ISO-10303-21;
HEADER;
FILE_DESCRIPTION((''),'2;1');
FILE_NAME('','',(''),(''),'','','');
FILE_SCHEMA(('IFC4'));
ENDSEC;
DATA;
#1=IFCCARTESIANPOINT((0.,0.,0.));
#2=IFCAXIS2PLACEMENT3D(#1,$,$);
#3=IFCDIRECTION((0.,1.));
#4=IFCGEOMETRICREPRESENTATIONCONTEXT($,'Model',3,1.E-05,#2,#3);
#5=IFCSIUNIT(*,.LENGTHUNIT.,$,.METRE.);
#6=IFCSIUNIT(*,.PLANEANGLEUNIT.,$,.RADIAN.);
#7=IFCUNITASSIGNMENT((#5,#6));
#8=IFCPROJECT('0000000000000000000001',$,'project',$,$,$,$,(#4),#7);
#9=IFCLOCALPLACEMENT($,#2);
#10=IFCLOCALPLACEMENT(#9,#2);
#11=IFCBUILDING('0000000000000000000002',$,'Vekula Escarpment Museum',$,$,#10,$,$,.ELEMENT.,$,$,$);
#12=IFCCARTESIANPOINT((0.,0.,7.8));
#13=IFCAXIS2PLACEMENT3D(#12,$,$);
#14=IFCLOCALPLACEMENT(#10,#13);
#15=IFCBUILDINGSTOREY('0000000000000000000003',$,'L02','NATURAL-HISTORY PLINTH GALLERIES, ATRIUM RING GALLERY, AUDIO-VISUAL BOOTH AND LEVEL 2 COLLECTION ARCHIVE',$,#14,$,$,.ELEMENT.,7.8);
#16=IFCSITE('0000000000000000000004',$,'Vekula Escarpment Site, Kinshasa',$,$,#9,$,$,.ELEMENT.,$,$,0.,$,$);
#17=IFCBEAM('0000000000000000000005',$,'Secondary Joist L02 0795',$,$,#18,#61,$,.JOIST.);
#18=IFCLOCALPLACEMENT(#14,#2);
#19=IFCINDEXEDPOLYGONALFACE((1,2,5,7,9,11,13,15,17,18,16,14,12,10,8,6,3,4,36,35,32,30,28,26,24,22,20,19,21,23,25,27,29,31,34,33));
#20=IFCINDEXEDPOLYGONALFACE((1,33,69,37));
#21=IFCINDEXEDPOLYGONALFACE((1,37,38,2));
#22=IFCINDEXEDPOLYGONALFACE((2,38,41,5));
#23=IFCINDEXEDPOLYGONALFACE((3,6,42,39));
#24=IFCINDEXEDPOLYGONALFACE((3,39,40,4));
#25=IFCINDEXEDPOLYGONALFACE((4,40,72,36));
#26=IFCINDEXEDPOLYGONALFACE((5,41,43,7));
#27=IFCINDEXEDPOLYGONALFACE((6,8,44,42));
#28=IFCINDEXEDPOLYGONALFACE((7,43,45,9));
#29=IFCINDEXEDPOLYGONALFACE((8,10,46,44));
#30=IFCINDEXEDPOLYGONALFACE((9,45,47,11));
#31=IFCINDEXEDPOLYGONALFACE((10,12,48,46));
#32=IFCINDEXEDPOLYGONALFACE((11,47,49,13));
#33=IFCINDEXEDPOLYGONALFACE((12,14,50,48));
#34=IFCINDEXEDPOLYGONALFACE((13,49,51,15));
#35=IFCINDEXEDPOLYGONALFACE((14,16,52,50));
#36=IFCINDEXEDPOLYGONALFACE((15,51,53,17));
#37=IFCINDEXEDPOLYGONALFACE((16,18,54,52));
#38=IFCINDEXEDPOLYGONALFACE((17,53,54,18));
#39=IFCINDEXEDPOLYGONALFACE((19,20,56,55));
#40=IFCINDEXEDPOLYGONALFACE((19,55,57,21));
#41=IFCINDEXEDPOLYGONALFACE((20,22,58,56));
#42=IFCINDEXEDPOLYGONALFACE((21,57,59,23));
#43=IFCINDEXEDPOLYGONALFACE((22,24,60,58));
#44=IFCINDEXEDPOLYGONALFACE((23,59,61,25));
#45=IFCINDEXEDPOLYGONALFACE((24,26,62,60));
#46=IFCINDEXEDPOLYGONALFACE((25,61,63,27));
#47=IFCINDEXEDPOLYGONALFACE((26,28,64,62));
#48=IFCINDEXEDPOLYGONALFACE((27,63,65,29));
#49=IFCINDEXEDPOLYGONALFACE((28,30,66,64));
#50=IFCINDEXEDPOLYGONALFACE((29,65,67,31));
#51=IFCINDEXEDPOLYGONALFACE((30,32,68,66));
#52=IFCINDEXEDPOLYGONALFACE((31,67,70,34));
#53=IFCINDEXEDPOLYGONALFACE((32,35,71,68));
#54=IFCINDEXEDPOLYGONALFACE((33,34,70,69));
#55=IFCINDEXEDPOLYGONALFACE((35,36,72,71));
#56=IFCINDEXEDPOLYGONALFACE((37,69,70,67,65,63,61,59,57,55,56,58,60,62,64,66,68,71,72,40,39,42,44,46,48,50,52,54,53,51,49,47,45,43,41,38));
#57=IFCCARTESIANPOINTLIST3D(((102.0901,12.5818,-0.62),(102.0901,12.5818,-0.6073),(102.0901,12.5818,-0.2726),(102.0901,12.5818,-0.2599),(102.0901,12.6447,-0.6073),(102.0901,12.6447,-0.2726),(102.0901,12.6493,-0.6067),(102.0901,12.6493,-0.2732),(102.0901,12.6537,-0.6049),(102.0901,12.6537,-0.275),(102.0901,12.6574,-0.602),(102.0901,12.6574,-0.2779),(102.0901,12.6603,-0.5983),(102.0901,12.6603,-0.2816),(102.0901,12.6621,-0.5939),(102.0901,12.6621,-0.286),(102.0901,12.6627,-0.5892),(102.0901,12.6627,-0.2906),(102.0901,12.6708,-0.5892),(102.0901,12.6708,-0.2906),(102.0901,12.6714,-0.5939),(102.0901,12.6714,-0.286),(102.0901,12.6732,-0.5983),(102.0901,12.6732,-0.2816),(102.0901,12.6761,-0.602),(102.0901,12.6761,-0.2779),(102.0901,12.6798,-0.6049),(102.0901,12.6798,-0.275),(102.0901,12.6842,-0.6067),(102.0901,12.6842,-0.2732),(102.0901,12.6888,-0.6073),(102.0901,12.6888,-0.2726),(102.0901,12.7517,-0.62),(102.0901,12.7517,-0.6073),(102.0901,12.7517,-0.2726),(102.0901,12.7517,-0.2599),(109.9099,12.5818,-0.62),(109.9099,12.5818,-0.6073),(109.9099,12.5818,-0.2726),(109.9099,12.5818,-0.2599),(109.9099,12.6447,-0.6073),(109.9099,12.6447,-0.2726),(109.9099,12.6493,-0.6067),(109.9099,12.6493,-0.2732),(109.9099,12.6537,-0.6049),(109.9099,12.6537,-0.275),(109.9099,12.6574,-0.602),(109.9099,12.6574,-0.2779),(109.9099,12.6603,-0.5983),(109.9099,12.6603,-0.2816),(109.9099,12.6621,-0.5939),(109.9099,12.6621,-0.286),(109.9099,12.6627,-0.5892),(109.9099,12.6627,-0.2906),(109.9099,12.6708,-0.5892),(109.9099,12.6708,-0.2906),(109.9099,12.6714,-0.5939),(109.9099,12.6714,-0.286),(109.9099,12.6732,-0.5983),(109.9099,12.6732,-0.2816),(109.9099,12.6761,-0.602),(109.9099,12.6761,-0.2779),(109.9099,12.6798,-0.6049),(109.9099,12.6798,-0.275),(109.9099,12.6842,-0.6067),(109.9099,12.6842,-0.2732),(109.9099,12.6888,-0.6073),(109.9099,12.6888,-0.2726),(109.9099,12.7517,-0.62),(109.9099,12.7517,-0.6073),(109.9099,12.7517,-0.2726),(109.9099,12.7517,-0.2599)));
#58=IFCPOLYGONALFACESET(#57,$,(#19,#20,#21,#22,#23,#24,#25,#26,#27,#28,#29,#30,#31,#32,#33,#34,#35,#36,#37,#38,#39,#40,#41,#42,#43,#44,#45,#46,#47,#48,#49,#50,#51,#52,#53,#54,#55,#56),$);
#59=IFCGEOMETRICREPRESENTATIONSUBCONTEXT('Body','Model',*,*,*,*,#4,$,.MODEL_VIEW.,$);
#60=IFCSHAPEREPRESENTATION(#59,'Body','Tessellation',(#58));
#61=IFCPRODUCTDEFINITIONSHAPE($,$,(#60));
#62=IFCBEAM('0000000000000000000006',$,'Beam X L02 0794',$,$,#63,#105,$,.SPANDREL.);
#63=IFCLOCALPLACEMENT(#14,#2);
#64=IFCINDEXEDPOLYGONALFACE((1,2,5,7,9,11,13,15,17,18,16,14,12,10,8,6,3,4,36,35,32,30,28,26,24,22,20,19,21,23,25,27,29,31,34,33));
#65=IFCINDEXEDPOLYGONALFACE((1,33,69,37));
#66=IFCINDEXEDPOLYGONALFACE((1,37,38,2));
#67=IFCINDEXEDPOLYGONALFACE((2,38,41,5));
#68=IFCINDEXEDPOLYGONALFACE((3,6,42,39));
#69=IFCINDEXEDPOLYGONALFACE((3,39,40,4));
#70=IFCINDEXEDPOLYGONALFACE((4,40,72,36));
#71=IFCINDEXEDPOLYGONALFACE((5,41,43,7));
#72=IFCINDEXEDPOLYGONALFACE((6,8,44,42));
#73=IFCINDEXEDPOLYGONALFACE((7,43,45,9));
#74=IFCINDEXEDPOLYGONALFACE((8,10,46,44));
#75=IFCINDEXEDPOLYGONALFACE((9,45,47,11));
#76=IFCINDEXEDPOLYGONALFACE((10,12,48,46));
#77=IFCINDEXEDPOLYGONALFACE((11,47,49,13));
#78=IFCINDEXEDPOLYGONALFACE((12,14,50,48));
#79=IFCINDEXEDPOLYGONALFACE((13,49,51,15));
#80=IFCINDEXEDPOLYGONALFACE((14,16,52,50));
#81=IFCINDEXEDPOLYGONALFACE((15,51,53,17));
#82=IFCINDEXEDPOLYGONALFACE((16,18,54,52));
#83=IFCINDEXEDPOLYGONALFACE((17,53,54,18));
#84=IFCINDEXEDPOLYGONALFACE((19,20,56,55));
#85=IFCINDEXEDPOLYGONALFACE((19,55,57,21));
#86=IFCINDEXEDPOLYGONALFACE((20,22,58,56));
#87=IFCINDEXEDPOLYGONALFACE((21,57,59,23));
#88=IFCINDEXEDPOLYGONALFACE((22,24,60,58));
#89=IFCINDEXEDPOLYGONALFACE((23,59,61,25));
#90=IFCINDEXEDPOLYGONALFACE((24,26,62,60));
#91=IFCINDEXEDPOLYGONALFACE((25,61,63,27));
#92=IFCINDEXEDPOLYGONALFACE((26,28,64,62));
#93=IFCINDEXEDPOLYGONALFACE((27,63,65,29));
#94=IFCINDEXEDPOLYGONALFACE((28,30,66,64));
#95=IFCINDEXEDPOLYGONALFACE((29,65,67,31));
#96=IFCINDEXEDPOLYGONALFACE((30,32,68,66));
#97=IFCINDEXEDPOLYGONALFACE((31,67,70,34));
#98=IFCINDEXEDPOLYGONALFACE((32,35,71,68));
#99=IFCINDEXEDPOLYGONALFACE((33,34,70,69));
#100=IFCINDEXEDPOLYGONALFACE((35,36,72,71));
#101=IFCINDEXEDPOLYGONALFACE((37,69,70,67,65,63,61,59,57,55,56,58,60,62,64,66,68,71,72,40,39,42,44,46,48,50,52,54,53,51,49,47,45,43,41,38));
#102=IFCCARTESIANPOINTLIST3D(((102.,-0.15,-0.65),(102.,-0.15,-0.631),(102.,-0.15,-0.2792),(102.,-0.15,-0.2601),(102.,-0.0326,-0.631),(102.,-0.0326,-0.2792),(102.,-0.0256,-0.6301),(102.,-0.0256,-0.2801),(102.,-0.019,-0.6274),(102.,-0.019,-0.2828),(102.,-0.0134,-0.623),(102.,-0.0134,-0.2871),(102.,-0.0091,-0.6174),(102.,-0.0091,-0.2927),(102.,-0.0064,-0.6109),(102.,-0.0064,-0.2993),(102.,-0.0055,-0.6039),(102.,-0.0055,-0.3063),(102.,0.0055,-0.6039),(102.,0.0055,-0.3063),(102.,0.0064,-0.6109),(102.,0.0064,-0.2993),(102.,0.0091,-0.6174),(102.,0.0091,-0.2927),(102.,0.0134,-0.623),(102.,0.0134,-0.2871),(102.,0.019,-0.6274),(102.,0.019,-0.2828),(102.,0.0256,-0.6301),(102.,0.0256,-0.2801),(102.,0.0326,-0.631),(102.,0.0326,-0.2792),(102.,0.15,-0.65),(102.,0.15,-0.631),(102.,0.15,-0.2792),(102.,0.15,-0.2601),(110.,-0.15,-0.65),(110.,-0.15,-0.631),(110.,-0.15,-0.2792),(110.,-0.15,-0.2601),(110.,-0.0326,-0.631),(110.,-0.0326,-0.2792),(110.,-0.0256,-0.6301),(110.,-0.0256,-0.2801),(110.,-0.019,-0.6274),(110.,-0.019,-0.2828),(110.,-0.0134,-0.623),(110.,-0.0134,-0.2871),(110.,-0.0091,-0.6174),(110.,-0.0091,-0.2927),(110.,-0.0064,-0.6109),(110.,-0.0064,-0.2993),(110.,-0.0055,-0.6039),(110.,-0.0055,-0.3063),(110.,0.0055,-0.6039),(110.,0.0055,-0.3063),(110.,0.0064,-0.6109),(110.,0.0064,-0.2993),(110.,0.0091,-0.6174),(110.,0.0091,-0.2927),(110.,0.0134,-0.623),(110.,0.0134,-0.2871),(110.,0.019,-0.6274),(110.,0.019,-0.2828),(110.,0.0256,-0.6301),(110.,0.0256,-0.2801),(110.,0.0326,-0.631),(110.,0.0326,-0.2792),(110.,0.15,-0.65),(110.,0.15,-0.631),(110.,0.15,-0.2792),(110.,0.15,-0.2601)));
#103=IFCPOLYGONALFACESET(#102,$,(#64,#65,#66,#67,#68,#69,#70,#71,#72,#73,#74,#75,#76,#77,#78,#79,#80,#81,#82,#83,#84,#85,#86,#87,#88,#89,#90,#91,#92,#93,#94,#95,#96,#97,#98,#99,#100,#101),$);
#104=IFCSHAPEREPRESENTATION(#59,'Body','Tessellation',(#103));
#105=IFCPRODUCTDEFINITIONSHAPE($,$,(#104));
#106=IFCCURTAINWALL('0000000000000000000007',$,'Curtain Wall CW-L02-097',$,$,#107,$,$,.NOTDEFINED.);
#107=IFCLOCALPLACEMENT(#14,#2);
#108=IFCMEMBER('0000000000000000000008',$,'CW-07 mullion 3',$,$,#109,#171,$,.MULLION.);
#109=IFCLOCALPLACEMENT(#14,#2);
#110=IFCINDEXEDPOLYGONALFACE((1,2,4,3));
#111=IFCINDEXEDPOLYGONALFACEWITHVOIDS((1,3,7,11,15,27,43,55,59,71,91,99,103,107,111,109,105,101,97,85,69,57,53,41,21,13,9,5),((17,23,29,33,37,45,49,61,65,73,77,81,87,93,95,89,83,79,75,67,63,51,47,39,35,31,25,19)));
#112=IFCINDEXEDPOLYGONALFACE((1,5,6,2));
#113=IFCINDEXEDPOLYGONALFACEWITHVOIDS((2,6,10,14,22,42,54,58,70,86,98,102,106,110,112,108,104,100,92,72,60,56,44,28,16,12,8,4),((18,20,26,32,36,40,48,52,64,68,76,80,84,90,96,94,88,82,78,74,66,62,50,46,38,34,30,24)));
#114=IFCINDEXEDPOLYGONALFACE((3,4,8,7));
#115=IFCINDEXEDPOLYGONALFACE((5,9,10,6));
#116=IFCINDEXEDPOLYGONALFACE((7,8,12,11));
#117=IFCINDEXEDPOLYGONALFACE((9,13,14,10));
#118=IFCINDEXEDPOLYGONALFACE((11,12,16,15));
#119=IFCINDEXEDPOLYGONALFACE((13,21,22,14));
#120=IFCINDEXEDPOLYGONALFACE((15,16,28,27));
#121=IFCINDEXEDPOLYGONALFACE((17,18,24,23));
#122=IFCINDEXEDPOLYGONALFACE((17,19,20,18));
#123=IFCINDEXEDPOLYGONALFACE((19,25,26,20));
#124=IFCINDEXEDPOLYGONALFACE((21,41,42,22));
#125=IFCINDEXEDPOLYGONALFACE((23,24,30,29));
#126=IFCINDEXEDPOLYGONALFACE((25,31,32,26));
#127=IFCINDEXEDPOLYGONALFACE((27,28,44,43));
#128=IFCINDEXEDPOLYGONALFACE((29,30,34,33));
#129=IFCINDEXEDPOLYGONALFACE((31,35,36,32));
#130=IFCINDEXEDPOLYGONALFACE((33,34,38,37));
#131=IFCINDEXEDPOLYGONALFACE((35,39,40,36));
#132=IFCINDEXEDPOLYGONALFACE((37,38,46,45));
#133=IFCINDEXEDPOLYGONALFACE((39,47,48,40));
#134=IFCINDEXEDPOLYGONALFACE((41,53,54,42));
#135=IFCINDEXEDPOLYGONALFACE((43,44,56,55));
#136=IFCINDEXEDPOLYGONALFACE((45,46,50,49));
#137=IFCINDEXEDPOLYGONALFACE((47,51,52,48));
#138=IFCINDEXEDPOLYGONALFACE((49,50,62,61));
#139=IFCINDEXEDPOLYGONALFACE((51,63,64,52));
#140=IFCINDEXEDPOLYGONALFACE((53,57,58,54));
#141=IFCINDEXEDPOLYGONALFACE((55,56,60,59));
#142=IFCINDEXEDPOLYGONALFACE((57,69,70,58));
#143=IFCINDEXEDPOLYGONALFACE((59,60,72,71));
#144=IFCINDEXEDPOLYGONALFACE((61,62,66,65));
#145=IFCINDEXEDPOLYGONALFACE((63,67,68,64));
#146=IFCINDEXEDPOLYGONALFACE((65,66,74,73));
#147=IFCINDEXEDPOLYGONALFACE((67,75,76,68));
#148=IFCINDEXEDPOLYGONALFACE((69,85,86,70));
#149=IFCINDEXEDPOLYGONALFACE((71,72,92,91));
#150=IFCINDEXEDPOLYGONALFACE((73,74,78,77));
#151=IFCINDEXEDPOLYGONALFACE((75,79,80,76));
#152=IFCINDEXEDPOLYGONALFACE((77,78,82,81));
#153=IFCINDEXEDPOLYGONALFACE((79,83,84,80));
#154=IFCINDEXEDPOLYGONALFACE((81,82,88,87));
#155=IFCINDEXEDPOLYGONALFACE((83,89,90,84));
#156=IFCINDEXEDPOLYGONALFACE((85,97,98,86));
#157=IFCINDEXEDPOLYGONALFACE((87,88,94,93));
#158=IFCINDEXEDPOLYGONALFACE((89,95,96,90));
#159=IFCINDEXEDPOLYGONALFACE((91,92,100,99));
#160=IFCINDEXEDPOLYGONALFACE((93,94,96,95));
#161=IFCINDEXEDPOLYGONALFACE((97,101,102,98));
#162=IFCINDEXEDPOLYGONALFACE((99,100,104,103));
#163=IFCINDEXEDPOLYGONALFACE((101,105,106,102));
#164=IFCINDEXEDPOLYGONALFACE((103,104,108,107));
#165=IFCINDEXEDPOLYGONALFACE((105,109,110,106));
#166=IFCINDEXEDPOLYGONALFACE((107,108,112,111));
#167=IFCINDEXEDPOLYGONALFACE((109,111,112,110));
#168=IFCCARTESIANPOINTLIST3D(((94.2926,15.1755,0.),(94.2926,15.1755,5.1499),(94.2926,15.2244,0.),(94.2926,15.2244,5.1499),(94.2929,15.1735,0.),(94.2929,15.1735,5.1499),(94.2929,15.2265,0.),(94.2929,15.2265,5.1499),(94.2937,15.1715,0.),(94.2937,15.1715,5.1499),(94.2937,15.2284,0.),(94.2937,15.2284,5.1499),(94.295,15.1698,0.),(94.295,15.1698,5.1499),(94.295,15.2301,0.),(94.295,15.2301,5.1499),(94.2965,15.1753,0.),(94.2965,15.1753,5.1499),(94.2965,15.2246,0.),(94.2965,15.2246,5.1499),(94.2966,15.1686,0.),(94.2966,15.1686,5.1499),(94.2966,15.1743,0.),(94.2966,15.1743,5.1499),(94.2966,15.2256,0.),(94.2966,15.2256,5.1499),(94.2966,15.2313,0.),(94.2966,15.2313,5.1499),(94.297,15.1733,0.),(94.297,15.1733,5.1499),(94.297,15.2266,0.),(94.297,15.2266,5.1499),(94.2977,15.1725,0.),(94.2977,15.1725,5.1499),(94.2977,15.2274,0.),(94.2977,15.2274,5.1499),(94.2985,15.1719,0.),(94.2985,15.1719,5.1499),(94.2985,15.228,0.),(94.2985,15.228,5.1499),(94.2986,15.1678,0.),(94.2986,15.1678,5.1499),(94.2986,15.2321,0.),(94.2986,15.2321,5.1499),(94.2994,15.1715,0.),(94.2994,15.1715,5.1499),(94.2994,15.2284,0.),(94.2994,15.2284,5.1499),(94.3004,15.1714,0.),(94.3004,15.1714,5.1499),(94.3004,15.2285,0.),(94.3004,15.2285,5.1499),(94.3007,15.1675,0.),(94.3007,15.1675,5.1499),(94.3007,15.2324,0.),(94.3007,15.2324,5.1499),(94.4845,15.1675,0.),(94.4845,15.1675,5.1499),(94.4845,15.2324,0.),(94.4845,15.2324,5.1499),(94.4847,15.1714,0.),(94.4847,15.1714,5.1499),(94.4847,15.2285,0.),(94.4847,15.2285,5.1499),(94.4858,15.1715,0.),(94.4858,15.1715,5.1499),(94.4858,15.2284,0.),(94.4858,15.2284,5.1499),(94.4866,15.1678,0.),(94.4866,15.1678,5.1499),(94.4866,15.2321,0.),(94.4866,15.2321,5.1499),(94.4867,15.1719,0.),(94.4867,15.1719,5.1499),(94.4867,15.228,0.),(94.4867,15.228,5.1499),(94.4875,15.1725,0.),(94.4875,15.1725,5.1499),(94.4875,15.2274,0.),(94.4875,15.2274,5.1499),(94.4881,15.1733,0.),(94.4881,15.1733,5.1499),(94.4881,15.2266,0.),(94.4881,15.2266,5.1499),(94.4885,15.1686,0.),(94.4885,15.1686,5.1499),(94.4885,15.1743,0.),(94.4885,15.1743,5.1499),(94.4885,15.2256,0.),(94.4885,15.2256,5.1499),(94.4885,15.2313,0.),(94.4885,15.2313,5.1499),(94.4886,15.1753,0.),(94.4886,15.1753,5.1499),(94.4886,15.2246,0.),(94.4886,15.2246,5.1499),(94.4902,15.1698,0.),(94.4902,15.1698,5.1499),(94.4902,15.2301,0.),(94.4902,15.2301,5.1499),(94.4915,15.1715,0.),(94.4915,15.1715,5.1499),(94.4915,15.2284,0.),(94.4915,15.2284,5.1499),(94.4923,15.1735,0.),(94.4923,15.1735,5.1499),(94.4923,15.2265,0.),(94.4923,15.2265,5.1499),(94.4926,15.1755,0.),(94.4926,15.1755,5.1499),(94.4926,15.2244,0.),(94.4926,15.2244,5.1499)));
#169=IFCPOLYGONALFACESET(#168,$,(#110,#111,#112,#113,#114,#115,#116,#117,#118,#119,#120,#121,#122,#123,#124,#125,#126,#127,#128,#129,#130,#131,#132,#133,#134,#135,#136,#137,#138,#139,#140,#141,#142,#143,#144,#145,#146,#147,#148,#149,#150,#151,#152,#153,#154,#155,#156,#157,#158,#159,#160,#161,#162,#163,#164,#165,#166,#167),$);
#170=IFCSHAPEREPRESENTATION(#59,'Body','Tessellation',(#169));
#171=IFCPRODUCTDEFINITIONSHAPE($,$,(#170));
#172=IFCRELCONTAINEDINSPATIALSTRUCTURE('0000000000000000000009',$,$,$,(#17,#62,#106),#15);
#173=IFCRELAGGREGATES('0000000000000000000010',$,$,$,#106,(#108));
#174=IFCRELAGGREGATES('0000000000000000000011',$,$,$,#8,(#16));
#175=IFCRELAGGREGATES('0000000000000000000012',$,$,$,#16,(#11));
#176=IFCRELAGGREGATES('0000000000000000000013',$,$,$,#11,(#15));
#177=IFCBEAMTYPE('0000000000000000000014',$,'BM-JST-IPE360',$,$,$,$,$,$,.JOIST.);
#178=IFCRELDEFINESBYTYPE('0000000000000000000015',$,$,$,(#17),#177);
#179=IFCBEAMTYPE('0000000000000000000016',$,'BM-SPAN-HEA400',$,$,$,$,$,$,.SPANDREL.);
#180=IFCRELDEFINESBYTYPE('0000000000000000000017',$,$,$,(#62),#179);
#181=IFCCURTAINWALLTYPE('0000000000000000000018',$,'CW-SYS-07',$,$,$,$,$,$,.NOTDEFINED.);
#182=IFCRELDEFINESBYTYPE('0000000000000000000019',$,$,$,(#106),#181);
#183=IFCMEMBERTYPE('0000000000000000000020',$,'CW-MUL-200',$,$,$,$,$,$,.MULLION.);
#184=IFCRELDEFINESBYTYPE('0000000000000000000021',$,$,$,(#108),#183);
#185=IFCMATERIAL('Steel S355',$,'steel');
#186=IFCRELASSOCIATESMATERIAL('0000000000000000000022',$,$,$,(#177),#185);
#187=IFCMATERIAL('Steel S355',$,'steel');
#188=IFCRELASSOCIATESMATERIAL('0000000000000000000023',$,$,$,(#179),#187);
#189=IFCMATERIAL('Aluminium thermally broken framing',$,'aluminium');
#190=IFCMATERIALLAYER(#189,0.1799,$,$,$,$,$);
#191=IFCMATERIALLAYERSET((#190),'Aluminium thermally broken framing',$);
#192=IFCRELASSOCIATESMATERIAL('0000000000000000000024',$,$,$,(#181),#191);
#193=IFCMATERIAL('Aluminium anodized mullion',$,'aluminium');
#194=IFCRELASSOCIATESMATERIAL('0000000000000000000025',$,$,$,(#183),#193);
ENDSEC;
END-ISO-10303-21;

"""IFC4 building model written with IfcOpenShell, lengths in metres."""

from ifc_helpers import new_model, si_unit, direction, frame, origin, origin_2d, place, context, subcontext, project, spatial, hollow_rectangle, i_section, extrude, material, layer, layer_set, material_profile, profile_set, type_object, element, aggregate, save


model = new_model("IFC4")

# Units and contexts
model_context = context("Model", 3, precision=1e-05, world=origin(), true_north=direction((0.0, 1.0)))
body_context = subcontext(model_context, "Body", "Model", "MODEL_VIEW")
ifc_project = project(units=[si_unit("LENGTHUNIT", "METRE"), si_unit("PLANEANGLEUNIT", "RADIAN")], contexts=[model_context])

# Site, building, storey
site_placement = place(None, origin())
site = spatial("IfcSite", under=ifc_project, at=site_placement, Name="Vekula Escarpment Site, Kinshasa", CompositionType="ELEMENT", RefElevation=0.0)
building_placement = place(site_placement, origin())
building = spatial("IfcBuilding", under=site, at=building_placement, Name="Vekula Escarpment Museum", CompositionType="ELEMENT")
storey_placement = place(building_placement, frame((0.0, 0.0, 7.8)))
storey = spatial("IfcBuildingStorey", under=building, at=storey_placement, Name="L02", Description="NATURAL-HISTORY PLINTH GALLERIES, ATRIUM RING GALLERY, AUDIO-VISUAL BOOTH AND LEVEL 2 COLLECTION ARCHIVE", CompositionType="ELEMENT", Elevation=7.8)

# Beams
ifc_material_1 = material(Name="Steel S355", Category="steel")
ifc_material_profile_1 = material_profile(ifc_material_1, i_section(OverallWidth=0.1699, OverallDepth=0.3601, WebThickness=0.0081, FlangeThickness=0.0127, FilletRadius=0.0181, at=origin_2d()), Name="IPE 360")
ifc_profile_set_1 = profile_set([ifc_material_profile_1], Name="Steel S355")
beam_type_1 = type_object("IfcBeamType", Name="BM-JST-IPE360", PredefinedType="JOIST", material=ifc_profile_set_1)
for number, where, z_axis, x_axis, name in (
    (1, (102.0901, 12.6667, -0.4399), (1.0, 0.0, 0.0), (0.0, 1.0, 0.0), "Secondary Joist L02 0795"),
):
    element("IfcBeam", number, at=place(storey_placement, frame(where, z_axis=z_axis, x_axis=x_axis)), inside=storey, type_object=beam_type_1, Name=name, PredefinedType="JOIST", context=body_context, shape_type="SweptSolid", body=[
        extrude(i_section(OverallWidth=0.1699, OverallDepth=0.3601, WebThickness=0.0081, FlangeThickness=0.0127, FilletRadius=0.0181, at=origin_2d()), origin(), (0.0, 0.0, 1.0), 7.8198),
    ])
ifc_material_2 = material(Name="Steel S355", Category="steel")
ifc_material_profile_2 = material_profile(ifc_material_2, i_section(OverallWidth=0.3, OverallDepth=0.3899, WebThickness=0.011, FlangeThickness=0.019, FilletRadius=0.0271, at=origin_2d()), Name="HEA 400")
ifc_profile_set_2 = profile_set([ifc_material_profile_2], Name="Steel S355")
beam_type_2 = type_object("IfcBeamType", Name="BM-SPAN-HEA400", PredefinedType="SPANDREL", material=ifc_profile_set_2)
beam_1_placement = place(storey_placement, frame((102.0, 0.0, -0.4551), z_axis=(1.0, 0.0, 0.0), x_axis=(0.0, 1.0, 0.0)))
element("IfcBeam", 2, at=beam_1_placement, inside=storey, type_object=beam_type_2, Name="Beam X L02 0794", PredefinedType="SPANDREL", context=body_context, shape_type="SweptSolid", body=[
    extrude(i_section(OverallWidth=0.3, OverallDepth=0.3899, WebThickness=0.011, FlangeThickness=0.019, FilletRadius=0.0271, at=origin_2d()), origin(), (0.0, 0.0, 1.0), 8.0),
])

# Curtain wall, member
ifc_material_3 = material(Name="Aluminium thermally broken framing", Category="aluminium")
ifc_layer_1 = layer(ifc_material_3, 0.1799)
ifc_layer_set_1 = layer_set([ifc_layer_1], Name="Aluminium thermally broken framing")
curtain_wall_type = type_object("IfcCurtainWallType", Name="CW-SYS-07", PredefinedType="NOTDEFINED", material=ifc_layer_set_1)
curtain_wall_placement = place(storey_placement, origin())
curtain_wall = element("IfcCurtainWall", 3, at=curtain_wall_placement, inside=storey, type_object=curtain_wall_type, Name="Curtain Wall CW-L02-097", PredefinedType="NOTDEFINED")
ifc_material_4 = material(Name="Aluminium anodized mullion", Category="aluminium")
ifc_material_profile_3 = material_profile(ifc_material_4, hollow_rectangle(XDim=0.0649, YDim=0.2, WallThickness=0.0039, InnerFilletRadius=0.0039, OuterFilletRadius=0.0081, at=origin_2d()), Name="ALU 200x65x4")
ifc_profile_set_3 = profile_set([ifc_material_profile_3], Name="Aluminium anodized mullion")
member_type_1 = type_object("IfcMemberType", Name="CW-MUL-200", PredefinedType="MULLION", material=ifc_profile_set_3)
member_1_placement = place(storey_placement, frame((94.3926, 15.2, 0.0), z_axis=(0.0, 0.0, 1.0), x_axis=(0.0, -1.0, 0.0)))
member_1 = element("IfcMember", 4, at=member_1_placement, type_object=member_type_1, Name="CW-07 mullion 3", PredefinedType="MULLION", context=body_context, shape_type="SweptSolid", body=[
    extrude(hollow_rectangle(XDim=0.0649, YDim=0.2, WallThickness=0.0039, InnerFilletRadius=0.0039, OuterFilletRadius=0.0081, at=origin_2d()), origin(), (0.0, 0.0, 1.0), 5.1499),
])

aggregate(curtain_wall, [member_1])

save(model, "model.ifc")
